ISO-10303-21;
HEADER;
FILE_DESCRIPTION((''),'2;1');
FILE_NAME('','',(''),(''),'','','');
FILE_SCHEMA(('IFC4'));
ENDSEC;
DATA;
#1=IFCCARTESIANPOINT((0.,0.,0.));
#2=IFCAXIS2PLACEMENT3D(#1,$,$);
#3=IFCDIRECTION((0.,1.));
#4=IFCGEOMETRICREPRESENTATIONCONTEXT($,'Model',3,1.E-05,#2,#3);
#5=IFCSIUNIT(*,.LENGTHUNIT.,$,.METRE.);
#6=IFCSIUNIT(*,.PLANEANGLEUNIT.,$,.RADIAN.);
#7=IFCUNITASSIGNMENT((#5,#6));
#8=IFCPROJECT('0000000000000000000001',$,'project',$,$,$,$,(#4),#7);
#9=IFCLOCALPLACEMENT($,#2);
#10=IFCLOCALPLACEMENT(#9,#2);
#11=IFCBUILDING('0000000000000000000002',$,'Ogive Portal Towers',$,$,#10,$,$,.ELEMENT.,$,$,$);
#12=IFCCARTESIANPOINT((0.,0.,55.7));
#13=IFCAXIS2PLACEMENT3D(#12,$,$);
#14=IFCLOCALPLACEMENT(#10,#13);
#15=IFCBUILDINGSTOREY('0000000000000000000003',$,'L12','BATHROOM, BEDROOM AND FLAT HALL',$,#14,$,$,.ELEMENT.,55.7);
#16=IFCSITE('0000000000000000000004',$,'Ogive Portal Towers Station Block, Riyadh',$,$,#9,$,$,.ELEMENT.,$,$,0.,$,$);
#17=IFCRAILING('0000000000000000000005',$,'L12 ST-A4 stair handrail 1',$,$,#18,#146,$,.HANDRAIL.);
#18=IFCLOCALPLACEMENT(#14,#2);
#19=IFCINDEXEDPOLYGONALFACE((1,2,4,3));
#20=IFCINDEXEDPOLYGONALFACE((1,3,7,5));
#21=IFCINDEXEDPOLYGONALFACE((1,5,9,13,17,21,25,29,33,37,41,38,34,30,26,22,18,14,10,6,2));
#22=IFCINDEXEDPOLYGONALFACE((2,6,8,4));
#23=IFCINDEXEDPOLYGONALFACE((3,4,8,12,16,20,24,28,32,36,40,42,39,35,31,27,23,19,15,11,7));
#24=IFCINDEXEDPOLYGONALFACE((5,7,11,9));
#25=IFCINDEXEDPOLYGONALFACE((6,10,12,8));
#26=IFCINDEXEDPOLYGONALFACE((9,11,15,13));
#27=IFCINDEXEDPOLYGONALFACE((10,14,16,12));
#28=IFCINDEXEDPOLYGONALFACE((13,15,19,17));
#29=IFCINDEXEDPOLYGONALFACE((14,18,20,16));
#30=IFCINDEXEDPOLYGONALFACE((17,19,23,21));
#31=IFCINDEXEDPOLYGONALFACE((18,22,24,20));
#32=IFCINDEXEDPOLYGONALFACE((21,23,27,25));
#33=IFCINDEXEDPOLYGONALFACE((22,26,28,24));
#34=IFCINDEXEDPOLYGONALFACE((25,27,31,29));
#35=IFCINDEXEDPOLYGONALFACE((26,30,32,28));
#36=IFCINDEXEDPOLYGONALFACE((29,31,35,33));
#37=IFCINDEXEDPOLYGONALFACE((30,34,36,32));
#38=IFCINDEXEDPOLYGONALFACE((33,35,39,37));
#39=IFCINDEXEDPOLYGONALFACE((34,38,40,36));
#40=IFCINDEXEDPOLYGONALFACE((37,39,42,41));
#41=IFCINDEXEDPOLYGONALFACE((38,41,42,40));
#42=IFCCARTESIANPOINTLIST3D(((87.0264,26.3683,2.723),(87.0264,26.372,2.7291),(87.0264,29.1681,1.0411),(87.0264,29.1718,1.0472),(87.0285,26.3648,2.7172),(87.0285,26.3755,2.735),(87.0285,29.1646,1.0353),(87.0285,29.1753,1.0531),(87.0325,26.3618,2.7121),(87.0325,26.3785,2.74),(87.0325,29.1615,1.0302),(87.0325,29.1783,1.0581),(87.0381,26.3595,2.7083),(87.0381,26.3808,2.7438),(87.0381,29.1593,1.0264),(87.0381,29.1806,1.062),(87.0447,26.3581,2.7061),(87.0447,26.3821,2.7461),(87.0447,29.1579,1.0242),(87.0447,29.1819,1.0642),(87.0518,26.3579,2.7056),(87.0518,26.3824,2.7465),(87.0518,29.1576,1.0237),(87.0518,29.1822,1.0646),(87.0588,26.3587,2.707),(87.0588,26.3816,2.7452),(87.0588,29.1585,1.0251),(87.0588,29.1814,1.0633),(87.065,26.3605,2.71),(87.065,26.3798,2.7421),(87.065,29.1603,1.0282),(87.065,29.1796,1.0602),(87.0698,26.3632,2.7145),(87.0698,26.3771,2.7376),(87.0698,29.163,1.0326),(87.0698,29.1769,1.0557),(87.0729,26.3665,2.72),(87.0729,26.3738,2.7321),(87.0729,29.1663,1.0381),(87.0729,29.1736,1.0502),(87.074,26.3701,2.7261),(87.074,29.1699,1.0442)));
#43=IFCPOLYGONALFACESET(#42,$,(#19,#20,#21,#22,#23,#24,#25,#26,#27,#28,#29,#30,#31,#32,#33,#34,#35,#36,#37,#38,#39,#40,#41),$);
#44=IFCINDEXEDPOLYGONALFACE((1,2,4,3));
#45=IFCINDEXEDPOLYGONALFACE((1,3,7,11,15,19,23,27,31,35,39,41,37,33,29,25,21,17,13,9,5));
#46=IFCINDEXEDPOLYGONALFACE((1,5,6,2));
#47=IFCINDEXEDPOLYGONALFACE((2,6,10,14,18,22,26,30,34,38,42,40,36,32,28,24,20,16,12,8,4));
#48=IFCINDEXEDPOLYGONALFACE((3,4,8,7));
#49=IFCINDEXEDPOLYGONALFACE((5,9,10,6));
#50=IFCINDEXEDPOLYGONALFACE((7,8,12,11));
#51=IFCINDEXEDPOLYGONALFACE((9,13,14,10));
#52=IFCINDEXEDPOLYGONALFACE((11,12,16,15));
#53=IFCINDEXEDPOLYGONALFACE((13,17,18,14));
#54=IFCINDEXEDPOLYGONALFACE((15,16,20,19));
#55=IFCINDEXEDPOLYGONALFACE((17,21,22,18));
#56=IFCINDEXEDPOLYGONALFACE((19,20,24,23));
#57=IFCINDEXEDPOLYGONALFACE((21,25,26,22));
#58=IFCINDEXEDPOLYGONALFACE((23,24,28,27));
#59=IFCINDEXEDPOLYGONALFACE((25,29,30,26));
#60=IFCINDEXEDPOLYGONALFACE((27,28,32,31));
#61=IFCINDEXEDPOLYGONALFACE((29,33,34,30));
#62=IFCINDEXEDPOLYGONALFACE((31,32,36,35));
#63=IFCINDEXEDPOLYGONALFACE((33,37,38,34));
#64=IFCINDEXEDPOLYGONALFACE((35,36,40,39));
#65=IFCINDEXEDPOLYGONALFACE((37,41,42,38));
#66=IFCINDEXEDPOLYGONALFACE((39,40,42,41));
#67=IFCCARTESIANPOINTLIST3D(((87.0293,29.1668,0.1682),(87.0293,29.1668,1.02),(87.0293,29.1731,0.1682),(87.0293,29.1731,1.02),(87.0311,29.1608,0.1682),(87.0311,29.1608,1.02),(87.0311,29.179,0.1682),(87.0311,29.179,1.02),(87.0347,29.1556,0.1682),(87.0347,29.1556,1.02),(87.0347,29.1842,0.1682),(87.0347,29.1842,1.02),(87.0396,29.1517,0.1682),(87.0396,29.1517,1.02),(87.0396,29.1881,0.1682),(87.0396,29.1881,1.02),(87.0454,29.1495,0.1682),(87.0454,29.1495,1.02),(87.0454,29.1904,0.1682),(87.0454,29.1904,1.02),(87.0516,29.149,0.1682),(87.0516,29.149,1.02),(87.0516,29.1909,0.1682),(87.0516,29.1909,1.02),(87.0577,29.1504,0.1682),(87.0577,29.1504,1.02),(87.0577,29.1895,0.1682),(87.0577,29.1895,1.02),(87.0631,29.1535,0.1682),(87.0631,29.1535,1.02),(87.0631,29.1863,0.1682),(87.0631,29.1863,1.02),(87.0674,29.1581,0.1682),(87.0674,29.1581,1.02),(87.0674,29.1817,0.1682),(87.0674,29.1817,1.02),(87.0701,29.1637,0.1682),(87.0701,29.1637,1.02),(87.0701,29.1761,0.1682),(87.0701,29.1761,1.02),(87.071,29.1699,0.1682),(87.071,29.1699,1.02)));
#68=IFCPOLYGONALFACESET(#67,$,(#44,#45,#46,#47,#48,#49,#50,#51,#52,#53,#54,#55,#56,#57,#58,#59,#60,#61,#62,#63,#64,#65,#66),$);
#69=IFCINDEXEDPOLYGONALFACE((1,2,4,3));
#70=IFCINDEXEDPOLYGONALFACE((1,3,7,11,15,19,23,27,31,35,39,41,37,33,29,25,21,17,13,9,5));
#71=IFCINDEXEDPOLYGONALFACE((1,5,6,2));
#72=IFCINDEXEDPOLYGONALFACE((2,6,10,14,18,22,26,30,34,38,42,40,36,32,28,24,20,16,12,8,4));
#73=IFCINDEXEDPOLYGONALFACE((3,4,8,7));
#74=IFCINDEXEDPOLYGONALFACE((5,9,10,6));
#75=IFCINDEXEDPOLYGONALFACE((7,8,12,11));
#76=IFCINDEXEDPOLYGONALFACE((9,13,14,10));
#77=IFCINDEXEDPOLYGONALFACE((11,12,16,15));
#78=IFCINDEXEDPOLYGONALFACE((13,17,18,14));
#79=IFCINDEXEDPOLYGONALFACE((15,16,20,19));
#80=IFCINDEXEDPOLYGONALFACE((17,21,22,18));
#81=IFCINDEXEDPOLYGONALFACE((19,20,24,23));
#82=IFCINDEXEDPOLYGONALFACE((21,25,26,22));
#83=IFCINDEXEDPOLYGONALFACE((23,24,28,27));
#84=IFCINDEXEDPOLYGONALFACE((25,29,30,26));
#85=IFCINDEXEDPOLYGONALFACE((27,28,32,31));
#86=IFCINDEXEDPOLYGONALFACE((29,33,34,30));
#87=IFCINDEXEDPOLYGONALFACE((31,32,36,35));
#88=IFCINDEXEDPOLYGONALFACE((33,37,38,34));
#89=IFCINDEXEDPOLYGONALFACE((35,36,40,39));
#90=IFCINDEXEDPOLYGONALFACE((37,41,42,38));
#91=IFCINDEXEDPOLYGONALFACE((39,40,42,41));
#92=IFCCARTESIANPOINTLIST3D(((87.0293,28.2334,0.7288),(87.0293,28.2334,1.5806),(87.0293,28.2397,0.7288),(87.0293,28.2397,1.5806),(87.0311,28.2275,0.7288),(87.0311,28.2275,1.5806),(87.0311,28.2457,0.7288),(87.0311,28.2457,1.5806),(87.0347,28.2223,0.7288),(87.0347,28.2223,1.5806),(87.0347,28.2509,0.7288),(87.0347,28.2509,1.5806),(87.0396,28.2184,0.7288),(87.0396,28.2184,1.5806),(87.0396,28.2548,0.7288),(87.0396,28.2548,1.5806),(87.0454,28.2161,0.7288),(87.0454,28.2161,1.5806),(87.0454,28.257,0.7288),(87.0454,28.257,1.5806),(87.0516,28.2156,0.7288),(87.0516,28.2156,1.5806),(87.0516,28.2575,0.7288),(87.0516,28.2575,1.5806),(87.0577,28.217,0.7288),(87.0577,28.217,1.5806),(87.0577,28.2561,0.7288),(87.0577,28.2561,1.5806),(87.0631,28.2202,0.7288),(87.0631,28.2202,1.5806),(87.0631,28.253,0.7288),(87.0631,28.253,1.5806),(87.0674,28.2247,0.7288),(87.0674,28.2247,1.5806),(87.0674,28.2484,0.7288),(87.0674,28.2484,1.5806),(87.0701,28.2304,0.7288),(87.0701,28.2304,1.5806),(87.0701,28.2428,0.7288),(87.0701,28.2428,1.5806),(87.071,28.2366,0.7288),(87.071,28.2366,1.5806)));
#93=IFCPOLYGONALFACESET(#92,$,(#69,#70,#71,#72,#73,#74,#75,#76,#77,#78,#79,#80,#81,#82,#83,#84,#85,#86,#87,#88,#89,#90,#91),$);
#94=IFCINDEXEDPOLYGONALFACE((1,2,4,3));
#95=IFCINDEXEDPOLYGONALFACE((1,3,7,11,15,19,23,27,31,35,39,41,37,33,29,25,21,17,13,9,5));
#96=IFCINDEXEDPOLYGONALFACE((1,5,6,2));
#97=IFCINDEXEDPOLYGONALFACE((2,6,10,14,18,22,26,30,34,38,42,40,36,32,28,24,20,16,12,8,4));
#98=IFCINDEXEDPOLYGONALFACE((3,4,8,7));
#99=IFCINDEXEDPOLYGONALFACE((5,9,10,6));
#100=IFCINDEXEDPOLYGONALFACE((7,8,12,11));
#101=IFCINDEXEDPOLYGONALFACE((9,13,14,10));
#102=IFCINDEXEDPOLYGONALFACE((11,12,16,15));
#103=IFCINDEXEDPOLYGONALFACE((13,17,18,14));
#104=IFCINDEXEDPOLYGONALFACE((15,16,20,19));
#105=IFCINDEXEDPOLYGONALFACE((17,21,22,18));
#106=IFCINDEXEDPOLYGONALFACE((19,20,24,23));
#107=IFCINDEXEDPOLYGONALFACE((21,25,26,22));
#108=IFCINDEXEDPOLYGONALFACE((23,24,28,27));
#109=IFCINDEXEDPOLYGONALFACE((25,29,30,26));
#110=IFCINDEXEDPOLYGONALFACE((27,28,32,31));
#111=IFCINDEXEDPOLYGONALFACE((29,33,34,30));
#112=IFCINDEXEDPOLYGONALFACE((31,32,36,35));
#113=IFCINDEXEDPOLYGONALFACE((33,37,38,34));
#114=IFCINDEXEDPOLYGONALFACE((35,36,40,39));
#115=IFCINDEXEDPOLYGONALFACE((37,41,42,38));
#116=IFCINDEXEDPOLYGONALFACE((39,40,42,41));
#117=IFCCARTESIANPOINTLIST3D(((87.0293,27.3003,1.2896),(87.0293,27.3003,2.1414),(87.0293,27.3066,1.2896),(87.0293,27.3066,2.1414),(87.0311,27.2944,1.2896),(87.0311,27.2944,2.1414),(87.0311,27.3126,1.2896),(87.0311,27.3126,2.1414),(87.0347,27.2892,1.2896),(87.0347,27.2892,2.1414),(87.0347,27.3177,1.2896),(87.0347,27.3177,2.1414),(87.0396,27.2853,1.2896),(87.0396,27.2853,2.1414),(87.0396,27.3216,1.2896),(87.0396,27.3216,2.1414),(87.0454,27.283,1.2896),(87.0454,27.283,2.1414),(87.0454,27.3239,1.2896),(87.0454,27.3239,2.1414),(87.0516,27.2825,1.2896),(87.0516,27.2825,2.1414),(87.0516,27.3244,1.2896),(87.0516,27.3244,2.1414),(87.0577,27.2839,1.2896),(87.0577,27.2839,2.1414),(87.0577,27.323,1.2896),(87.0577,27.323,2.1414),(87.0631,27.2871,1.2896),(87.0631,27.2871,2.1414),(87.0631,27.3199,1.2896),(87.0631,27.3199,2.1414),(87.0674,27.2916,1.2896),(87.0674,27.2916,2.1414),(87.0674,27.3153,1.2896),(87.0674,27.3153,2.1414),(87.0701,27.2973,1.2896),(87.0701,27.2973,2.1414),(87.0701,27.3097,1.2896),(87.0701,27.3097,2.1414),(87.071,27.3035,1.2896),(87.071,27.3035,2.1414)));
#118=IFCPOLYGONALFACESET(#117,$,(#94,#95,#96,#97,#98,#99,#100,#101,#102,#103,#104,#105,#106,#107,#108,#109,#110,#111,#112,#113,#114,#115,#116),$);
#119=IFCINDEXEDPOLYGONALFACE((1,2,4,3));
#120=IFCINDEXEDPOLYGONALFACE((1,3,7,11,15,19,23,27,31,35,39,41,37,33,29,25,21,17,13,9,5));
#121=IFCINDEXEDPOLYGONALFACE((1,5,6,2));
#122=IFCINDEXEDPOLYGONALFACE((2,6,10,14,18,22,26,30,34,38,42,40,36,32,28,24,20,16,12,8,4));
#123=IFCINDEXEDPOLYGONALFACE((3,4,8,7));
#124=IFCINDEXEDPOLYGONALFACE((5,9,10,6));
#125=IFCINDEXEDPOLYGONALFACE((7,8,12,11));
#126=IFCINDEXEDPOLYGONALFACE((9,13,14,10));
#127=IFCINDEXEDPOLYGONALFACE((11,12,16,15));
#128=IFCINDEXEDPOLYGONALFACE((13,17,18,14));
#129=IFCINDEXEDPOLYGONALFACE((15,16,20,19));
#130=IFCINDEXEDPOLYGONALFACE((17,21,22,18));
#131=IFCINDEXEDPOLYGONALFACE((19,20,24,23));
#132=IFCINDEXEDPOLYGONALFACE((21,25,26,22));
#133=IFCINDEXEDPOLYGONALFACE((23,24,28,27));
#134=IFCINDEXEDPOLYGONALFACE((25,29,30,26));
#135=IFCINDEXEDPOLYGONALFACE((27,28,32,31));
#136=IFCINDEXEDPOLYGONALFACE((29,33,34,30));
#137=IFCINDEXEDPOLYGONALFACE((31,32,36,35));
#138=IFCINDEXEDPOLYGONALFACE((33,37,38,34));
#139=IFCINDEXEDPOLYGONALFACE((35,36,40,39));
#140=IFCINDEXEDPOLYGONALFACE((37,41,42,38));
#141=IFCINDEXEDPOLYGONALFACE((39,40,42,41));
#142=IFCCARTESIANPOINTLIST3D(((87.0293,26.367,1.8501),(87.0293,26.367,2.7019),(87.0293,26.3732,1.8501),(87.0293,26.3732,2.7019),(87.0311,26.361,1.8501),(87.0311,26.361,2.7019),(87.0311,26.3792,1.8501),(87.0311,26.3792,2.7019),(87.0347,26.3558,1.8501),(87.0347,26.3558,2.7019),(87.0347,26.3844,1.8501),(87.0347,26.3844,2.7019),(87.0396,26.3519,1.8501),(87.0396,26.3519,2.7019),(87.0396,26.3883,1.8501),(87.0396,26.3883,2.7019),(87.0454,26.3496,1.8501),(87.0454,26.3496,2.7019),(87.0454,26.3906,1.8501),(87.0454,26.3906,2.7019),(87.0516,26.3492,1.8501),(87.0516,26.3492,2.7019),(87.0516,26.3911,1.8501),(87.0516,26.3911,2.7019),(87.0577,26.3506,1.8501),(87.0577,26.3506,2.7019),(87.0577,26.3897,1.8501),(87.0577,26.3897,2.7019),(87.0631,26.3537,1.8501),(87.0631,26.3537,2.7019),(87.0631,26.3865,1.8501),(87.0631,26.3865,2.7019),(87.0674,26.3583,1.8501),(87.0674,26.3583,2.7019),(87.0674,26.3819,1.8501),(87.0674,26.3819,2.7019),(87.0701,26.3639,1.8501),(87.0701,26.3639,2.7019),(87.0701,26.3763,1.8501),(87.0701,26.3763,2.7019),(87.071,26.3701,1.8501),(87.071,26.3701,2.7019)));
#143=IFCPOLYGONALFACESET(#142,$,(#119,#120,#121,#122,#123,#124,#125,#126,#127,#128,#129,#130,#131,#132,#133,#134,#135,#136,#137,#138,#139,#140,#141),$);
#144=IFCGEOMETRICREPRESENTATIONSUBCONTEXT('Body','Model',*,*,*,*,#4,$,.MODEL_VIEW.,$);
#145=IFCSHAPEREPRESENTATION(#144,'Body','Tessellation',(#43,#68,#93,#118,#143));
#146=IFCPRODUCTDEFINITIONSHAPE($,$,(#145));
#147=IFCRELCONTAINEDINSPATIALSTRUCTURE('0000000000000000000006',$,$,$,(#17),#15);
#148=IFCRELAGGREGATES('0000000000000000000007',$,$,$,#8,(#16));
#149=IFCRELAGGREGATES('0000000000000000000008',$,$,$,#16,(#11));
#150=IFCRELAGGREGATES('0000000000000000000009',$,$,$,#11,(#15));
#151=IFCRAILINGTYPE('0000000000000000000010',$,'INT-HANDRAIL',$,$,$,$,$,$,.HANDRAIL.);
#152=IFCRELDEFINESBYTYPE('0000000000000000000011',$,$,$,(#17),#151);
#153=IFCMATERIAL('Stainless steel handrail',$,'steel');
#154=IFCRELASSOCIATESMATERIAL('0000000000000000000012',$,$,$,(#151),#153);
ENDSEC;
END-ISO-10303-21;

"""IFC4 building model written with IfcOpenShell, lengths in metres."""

from ifc_helpers import new_model, si_unit, direction, frame, origin, origin_2d, place, context, subcontext, project, spatial, circle, extrude, material, type_object, element, save


model = new_model("IFC4")

# Units and contexts
model_context = context("Model", 3, precision=1e-05, world=origin(), true_north=direction((0.0, 1.0)))
body_context = subcontext(model_context, "Body", "Model", "MODEL_VIEW")
ifc_project = project(units=[si_unit("LENGTHUNIT", "METRE"), si_unit("PLANEANGLEUNIT", "RADIAN")], contexts=[model_context])

# Site, building, storey
site_placement = place(None, origin())
site = spatial("IfcSite", under=ifc_project, at=site_placement, Name="Ogive Portal Towers Station Block, Riyadh", CompositionType="ELEMENT", RefElevation=0.0)
building_placement = place(site_placement, origin())
building = spatial("IfcBuilding", under=site, at=building_placement, Name="Ogive Portal Towers", CompositionType="ELEMENT")
storey_placement = place(building_placement, frame((0.0, 0.0, 55.7)))
storey = spatial("IfcBuildingStorey", under=building, at=storey_placement, Name="L12", Description="BATHROOM, BEDROOM AND FLAT HALL", CompositionType="ELEMENT", Elevation=55.7)

# Railing
ifc_material_1 = material(Name="Stainless steel handrail", Category="steel")
railing_type_1 = type_object("IfcRailingType", Name="INT-HANDRAIL", PredefinedType="HANDRAIL", material=ifc_material_1)
railing_1_placement = place(storey_placement, frame((87.05, 29.1699, 0.1682)))
element("IfcRailing", 1, at=railing_1_placement, inside=storey, type_object=railing_type_1, Name="L12 ST-A4 stair handrail 1", PredefinedType="HANDRAIL", context=body_context, shape_type="SweptSolid", body=[
    extrude(circle(Radius=0.0239, at=origin_2d()), frame((0.0, 0.0, 0.876), z_axis=(0.0, -0.857222, 0.514946), x_axis=(1.0, 0.0, 0.0)), (0.0, 0.0, 1.0), 3.2661),
    extrude(circle(Radius=0.021, at=origin_2d()), origin(), (0.0, 0.0, 1.0), 0.8518),
    extrude(circle(Radius=0.021, at=origin_2d()), frame((0.0, -0.9333, 0.5605)), (0.0, 0.0, 1.0), 0.8518),
    extrude(circle(Radius=0.021, at=origin_2d()), frame((0.0, -1.8665, 1.1213)), (0.0, 0.0, 1.0), 0.8518),
    extrude(circle(Radius=0.021, at=origin_2d()), frame((0.0, -2.7998, 1.6819)), (0.0, 0.0, 1.0), 0.8518),
])

save(model, "model.ifc")
